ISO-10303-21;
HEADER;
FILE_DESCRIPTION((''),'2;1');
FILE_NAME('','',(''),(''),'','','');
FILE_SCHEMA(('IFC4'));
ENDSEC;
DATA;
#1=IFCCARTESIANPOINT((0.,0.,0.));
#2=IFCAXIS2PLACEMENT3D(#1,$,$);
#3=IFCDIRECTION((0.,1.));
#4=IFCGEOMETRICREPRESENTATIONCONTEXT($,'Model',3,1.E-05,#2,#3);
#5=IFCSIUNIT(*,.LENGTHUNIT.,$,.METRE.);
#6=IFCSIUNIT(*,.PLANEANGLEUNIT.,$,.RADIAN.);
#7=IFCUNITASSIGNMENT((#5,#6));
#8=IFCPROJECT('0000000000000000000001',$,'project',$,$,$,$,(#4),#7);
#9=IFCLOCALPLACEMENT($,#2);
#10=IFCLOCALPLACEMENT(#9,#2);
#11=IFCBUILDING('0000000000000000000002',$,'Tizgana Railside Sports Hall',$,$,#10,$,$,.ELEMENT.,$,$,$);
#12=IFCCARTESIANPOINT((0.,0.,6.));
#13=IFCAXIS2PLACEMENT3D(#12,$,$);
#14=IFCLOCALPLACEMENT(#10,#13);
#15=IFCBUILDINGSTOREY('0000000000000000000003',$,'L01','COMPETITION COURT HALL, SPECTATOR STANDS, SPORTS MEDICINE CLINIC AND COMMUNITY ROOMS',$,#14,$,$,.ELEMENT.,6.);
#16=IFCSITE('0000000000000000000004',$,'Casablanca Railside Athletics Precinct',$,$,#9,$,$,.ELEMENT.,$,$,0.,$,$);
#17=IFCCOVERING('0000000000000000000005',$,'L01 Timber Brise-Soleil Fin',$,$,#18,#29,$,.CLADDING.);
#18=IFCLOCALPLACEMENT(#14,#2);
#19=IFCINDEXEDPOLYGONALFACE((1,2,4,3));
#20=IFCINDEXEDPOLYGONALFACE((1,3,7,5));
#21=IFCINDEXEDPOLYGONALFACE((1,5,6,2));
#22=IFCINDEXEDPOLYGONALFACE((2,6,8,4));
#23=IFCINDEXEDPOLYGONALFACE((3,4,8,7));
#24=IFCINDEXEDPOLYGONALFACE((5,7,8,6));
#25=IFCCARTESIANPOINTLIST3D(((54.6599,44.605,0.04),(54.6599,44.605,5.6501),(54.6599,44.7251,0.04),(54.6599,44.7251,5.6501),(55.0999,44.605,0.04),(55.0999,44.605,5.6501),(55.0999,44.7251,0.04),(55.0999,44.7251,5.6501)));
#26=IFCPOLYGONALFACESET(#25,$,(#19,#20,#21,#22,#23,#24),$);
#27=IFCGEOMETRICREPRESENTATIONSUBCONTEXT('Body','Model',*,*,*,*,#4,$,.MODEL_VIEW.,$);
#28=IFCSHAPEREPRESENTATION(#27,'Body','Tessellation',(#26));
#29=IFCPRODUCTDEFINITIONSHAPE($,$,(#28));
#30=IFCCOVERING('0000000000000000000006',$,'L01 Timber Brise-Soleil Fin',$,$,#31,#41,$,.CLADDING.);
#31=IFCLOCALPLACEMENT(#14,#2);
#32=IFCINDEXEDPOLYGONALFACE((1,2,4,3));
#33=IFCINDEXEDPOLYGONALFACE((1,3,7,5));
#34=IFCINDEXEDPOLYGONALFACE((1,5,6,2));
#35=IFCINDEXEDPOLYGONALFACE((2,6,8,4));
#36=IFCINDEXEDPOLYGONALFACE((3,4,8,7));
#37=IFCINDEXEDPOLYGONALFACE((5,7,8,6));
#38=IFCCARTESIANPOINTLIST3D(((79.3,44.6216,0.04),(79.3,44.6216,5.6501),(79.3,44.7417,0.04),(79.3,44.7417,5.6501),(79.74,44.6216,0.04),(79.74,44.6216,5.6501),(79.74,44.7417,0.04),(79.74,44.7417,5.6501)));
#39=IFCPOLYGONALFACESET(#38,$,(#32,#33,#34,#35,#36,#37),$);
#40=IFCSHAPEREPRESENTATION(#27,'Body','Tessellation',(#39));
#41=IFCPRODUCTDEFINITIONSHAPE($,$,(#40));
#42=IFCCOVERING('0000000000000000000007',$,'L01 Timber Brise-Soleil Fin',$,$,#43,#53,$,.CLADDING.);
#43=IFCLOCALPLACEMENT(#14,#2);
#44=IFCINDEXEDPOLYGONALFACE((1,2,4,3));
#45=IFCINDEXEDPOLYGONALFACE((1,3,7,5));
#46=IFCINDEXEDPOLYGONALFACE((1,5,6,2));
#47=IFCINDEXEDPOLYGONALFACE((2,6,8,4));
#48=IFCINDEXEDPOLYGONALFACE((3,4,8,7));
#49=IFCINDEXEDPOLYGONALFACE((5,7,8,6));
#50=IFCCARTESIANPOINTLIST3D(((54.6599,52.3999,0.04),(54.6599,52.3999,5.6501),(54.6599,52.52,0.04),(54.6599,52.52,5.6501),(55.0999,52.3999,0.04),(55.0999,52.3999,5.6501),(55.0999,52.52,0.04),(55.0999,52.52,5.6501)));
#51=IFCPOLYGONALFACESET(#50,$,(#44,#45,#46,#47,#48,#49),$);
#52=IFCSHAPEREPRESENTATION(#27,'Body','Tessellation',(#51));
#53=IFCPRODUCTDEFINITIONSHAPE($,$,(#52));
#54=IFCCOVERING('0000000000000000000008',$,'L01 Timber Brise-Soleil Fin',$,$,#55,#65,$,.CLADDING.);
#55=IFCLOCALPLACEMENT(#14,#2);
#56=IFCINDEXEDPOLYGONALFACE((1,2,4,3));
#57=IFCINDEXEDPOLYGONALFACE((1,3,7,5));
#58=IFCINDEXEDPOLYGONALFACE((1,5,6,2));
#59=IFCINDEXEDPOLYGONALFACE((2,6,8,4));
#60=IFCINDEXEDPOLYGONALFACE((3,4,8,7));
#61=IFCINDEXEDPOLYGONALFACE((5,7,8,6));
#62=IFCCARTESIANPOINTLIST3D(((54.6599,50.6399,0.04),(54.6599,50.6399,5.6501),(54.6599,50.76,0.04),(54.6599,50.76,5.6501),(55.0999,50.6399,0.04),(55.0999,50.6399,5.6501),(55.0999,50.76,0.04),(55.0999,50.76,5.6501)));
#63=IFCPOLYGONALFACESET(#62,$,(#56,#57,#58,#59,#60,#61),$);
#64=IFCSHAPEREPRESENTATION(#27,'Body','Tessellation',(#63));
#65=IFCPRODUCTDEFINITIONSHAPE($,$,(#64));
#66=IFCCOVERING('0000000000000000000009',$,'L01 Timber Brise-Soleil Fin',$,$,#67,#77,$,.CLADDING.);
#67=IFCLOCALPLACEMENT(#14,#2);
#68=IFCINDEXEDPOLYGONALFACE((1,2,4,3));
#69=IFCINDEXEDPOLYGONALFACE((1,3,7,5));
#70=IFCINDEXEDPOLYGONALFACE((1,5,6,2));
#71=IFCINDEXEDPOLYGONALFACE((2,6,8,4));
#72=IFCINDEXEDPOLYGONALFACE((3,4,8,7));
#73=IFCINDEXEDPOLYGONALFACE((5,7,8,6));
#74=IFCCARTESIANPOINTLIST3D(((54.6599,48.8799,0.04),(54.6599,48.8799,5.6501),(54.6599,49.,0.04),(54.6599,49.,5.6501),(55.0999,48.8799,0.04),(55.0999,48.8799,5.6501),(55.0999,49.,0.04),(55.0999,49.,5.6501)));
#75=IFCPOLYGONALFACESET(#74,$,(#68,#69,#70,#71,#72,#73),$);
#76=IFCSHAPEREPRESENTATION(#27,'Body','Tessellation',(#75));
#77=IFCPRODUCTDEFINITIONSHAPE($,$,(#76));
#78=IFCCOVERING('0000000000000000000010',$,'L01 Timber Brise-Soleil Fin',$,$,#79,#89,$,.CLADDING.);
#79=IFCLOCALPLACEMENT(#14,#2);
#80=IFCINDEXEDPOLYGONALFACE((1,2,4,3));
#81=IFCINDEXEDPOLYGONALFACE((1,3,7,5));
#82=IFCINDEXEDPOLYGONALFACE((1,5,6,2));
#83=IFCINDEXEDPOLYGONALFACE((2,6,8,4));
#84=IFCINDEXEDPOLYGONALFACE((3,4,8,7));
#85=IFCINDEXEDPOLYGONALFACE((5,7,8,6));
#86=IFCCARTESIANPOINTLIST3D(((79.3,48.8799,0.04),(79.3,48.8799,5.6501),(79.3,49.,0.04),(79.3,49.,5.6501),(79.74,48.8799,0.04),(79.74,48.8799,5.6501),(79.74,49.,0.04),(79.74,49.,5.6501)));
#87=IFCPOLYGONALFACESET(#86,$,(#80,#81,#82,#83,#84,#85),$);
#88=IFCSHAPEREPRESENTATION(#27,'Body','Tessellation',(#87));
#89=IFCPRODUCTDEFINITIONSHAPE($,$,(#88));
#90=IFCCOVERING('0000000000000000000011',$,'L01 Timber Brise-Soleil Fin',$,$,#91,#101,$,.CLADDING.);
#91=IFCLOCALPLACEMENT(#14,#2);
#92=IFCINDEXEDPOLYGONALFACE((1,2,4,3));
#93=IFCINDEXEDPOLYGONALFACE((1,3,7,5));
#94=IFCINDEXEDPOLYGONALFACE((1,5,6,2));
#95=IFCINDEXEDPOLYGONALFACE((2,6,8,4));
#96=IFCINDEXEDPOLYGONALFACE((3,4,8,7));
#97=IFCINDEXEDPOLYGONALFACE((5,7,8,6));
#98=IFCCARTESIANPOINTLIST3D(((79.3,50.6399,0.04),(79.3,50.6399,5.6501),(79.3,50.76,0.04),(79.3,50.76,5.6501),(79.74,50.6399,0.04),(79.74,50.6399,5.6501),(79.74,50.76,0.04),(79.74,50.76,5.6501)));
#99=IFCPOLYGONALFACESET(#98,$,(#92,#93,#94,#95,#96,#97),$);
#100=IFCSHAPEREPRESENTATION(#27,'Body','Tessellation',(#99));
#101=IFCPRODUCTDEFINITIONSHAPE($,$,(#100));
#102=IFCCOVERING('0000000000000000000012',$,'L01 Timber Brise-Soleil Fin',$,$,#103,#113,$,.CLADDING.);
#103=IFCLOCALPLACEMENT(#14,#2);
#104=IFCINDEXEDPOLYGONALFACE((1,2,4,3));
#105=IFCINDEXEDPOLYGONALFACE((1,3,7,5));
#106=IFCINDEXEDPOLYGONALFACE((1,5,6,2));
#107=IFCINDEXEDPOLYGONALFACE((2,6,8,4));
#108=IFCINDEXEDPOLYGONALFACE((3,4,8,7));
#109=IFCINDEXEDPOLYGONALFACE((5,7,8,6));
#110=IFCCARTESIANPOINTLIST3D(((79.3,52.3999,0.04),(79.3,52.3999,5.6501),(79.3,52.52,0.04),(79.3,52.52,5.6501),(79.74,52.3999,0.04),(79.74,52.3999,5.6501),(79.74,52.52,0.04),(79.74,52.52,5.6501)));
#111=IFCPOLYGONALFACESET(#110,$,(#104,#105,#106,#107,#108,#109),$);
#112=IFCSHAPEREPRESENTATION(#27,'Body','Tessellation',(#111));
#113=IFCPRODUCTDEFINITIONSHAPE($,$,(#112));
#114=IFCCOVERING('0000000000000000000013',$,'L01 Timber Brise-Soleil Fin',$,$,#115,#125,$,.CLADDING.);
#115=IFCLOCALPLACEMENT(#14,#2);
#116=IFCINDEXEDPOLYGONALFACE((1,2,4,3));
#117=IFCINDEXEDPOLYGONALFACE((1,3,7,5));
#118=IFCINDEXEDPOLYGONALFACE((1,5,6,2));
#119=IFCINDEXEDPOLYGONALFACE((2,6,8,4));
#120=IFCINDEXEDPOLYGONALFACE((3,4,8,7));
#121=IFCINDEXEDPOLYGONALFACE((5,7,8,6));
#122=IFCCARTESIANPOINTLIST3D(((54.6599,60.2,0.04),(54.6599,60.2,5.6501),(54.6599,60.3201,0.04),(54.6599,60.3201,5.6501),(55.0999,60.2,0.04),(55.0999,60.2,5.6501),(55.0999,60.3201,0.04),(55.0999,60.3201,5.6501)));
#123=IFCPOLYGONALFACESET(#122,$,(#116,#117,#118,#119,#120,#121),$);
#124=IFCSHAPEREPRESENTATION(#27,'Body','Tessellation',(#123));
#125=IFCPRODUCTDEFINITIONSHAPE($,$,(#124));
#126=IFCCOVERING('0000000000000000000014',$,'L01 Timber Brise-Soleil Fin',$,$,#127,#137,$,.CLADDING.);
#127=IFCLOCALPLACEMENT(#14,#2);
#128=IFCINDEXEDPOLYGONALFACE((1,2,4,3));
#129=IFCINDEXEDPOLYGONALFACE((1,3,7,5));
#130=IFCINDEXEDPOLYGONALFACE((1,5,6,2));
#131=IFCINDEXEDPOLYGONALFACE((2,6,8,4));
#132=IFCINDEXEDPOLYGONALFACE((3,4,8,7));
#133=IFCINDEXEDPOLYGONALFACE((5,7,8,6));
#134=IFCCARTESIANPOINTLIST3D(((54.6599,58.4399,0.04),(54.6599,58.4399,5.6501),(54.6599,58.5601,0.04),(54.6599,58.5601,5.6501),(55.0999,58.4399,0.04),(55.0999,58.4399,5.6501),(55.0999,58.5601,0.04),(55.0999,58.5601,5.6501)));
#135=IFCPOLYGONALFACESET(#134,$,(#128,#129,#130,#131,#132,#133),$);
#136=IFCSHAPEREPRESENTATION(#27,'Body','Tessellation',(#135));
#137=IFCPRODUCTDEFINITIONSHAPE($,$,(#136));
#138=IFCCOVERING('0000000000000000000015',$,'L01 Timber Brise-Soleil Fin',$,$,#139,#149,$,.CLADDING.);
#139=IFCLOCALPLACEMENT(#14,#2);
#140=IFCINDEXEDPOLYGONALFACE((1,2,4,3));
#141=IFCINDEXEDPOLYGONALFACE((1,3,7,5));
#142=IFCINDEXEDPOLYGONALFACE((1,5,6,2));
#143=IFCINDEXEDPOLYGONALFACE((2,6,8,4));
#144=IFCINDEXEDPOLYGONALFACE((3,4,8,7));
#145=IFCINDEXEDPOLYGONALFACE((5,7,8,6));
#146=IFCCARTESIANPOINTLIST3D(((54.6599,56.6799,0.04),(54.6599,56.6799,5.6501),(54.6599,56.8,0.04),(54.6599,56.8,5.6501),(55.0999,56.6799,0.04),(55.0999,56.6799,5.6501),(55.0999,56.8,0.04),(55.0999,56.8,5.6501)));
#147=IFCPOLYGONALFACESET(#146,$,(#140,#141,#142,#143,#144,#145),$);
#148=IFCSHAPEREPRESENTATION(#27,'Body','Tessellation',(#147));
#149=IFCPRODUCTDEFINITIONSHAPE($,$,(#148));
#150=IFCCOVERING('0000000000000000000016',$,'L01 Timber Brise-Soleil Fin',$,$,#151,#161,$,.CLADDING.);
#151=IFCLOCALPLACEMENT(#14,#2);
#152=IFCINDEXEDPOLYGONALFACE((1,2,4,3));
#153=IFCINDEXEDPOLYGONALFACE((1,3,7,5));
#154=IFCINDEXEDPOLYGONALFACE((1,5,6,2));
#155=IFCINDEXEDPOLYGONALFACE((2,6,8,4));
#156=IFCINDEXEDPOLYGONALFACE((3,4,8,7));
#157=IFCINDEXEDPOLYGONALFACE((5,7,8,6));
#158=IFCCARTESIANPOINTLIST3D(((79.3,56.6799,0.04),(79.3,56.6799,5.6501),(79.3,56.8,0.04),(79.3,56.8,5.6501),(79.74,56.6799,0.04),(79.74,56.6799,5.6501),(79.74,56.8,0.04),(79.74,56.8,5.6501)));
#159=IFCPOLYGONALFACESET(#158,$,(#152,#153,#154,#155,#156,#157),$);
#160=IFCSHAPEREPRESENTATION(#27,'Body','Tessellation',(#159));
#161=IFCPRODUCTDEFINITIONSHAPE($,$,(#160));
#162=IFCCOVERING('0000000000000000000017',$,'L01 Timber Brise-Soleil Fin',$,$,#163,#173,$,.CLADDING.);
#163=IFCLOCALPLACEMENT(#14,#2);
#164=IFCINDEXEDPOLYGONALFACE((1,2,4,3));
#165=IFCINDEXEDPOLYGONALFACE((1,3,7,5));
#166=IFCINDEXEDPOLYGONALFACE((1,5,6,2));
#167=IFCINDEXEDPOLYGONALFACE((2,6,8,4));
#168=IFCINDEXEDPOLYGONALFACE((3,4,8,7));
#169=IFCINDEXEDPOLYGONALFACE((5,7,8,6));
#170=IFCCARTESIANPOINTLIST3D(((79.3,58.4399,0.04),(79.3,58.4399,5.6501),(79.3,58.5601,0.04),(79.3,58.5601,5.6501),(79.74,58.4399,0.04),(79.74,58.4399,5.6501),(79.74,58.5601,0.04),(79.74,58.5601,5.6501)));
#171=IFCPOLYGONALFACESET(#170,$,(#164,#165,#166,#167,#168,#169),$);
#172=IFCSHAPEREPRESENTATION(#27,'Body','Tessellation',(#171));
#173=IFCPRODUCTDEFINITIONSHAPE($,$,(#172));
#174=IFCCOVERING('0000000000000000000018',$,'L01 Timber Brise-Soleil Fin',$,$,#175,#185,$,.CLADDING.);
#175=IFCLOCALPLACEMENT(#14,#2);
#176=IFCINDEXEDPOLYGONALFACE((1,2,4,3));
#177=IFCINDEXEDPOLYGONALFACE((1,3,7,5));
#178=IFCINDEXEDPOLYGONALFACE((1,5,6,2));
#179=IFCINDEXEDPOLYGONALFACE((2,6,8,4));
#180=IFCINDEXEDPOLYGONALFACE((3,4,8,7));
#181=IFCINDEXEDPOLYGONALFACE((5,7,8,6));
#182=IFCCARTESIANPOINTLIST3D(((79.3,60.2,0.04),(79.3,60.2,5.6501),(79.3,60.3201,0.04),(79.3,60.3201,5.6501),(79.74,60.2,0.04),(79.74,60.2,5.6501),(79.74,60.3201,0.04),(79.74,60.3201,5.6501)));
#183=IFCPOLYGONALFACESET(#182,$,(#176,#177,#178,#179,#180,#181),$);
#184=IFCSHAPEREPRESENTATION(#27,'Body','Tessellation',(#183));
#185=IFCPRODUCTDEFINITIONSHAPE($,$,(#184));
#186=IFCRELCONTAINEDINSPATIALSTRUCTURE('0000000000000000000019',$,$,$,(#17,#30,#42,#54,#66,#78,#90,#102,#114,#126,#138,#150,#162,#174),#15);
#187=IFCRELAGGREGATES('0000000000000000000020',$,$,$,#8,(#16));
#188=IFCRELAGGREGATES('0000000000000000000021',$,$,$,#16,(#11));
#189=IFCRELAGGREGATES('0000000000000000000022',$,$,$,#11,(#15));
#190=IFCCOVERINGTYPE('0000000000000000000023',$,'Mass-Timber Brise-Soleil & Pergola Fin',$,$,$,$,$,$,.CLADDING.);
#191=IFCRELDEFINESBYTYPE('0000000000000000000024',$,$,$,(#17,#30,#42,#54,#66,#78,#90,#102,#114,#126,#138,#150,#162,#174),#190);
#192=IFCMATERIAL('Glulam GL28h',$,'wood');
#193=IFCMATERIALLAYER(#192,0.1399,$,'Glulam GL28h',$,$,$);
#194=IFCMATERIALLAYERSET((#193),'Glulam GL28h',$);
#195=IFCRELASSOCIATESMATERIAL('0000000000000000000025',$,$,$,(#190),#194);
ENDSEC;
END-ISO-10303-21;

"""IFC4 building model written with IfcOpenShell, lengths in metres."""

from ifc_helpers import new_model, si_unit, direction, frame, origin, origin_2d, place, context, subcontext, project, spatial, rectangle, extrude, material, layer, layer_set, type_object, element, save


model = new_model("IFC4")

# Units and contexts
model_context = context("Model", 3, precision=1e-05, world=origin(), true_north=direction((0.0, 1.0)))
body_context = subcontext(model_context, "Body", "Model", "MODEL_VIEW")
ifc_project = project(units=[si_unit("LENGTHUNIT", "METRE"), si_unit("PLANEANGLEUNIT", "RADIAN")], contexts=[model_context])

# Site, building, storey
site_placement = place(None, origin())
site = spatial("IfcSite", under=ifc_project, at=site_placement, Name="Casablanca Railside Athletics Precinct", CompositionType="ELEMENT", RefElevation=0.0)
building_placement = place(site_placement, origin())
building = spatial("IfcBuilding", under=site, at=building_placement, Name="Tizgana Railside Sports Hall", CompositionType="ELEMENT")
storey_placement = place(building_placement, frame((0.0, 0.0, 6.0)))
storey = spatial("IfcBuildingStorey", under=building, at=storey_placement, Name="L01", Description="COMPETITION COURT HALL, SPECTATOR STANDS, SPORTS MEDICINE CLINIC AND COMMUNITY ROOMS", CompositionType="ELEMENT", Elevation=6.0)

# Coverings
ifc_material_1 = material(Name="Glulam GL28h", Category="wood")
ifc_layer = layer(ifc_material_1, 0.1399, Name="Glulam GL28h")
ifc_layer_set = layer_set([ifc_layer], Name="Glulam GL28h")
covering_type = type_object("IfcCoveringType", Name="Mass-Timber Brise-Soleil & Pergola Fin", PredefinedType="CLADDING", material=ifc_layer_set)
for number, where, z_axis, x_axis, name in (
    (1, (54.8799, 44.665, 0.04), (0.0, 0.0, 1.0), (0.0, -1.0, 0.0), "L01 Timber Brise-Soleil Fin"),
    (2, (79.52, 44.6816, 0.04), (0.0, 0.0, 1.0), (0.0, 1.0, 0.0), "L01 Timber Brise-Soleil Fin"),
    (3, (54.8799, 52.46, 0.04), (0.0, 0.0, 1.0), (0.0, -1.0, 0.0), "L01 Timber Brise-Soleil Fin"),
    (4, (54.8799, 50.7, 0.04), (0.0, 0.0, 1.0), (0.0, -1.0, 0.0), "L01 Timber Brise-Soleil Fin"),
    (5, (54.8799, 48.9399, 0.04), (0.0, 0.0, 1.0), (0.0, -1.0, 0.0), "L01 Timber Brise-Soleil Fin"),
    (6, (79.52, 48.9399, 0.04), (0.0, 0.0, 1.0), (0.0, 1.0, 0.0), "L01 Timber Brise-Soleil Fin"),
    (7, (79.52, 50.7, 0.04), (0.0, 0.0, 1.0), (0.0, 1.0, 0.0), "L01 Timber Brise-Soleil Fin"),
    (8, (79.52, 52.46, 0.04), (0.0, 0.0, 1.0), (0.0, 1.0, 0.0), "L01 Timber Brise-Soleil Fin"),
    (9, (54.8799, 60.26, 0.04), (0.0, 0.0, 1.0), (0.0, -1.0, 0.0), "L01 Timber Brise-Soleil Fin"),
    (10, (54.8799, 58.5, 0.04), (0.0, 0.0, 1.0), (0.0, -1.0, 0.0), "L01 Timber Brise-Soleil Fin"),
    (11, (54.8799, 56.74, 0.04), (0.0, 0.0, 1.0), (0.0, -1.0, 0.0), "L01 Timber Brise-Soleil Fin"),
    (12, (79.52, 56.74, 0.04), (0.0, 0.0, 1.0), (0.0, 1.0, 0.0), "L01 Timber Brise-Soleil Fin"),
    (13, (79.52, 58.5, 0.04), (0.0, 0.0, 1.0), (0.0, 1.0, 0.0), "L01 Timber Brise-Soleil Fin"),
    (14, (79.52, 60.26, 0.04), (0.0, 0.0, 1.0), (0.0, 1.0, 0.0), "L01 Timber Brise-Soleil Fin"),
):
    element("IfcCovering", number, at=place(storey_placement, frame(where, z_axis=z_axis, x_axis=x_axis)), inside=storey, type_object=covering_type, Name=name, PredefinedType="CLADDING", context=body_context, shape_type="SweptSolid", body=[
        extrude(rectangle(XDim=0.1201, YDim=0.4399, at=origin_2d()), origin(), (0.0, 0.0, 1.0), 5.6101),
    ])

save(model, "model.ifc")
